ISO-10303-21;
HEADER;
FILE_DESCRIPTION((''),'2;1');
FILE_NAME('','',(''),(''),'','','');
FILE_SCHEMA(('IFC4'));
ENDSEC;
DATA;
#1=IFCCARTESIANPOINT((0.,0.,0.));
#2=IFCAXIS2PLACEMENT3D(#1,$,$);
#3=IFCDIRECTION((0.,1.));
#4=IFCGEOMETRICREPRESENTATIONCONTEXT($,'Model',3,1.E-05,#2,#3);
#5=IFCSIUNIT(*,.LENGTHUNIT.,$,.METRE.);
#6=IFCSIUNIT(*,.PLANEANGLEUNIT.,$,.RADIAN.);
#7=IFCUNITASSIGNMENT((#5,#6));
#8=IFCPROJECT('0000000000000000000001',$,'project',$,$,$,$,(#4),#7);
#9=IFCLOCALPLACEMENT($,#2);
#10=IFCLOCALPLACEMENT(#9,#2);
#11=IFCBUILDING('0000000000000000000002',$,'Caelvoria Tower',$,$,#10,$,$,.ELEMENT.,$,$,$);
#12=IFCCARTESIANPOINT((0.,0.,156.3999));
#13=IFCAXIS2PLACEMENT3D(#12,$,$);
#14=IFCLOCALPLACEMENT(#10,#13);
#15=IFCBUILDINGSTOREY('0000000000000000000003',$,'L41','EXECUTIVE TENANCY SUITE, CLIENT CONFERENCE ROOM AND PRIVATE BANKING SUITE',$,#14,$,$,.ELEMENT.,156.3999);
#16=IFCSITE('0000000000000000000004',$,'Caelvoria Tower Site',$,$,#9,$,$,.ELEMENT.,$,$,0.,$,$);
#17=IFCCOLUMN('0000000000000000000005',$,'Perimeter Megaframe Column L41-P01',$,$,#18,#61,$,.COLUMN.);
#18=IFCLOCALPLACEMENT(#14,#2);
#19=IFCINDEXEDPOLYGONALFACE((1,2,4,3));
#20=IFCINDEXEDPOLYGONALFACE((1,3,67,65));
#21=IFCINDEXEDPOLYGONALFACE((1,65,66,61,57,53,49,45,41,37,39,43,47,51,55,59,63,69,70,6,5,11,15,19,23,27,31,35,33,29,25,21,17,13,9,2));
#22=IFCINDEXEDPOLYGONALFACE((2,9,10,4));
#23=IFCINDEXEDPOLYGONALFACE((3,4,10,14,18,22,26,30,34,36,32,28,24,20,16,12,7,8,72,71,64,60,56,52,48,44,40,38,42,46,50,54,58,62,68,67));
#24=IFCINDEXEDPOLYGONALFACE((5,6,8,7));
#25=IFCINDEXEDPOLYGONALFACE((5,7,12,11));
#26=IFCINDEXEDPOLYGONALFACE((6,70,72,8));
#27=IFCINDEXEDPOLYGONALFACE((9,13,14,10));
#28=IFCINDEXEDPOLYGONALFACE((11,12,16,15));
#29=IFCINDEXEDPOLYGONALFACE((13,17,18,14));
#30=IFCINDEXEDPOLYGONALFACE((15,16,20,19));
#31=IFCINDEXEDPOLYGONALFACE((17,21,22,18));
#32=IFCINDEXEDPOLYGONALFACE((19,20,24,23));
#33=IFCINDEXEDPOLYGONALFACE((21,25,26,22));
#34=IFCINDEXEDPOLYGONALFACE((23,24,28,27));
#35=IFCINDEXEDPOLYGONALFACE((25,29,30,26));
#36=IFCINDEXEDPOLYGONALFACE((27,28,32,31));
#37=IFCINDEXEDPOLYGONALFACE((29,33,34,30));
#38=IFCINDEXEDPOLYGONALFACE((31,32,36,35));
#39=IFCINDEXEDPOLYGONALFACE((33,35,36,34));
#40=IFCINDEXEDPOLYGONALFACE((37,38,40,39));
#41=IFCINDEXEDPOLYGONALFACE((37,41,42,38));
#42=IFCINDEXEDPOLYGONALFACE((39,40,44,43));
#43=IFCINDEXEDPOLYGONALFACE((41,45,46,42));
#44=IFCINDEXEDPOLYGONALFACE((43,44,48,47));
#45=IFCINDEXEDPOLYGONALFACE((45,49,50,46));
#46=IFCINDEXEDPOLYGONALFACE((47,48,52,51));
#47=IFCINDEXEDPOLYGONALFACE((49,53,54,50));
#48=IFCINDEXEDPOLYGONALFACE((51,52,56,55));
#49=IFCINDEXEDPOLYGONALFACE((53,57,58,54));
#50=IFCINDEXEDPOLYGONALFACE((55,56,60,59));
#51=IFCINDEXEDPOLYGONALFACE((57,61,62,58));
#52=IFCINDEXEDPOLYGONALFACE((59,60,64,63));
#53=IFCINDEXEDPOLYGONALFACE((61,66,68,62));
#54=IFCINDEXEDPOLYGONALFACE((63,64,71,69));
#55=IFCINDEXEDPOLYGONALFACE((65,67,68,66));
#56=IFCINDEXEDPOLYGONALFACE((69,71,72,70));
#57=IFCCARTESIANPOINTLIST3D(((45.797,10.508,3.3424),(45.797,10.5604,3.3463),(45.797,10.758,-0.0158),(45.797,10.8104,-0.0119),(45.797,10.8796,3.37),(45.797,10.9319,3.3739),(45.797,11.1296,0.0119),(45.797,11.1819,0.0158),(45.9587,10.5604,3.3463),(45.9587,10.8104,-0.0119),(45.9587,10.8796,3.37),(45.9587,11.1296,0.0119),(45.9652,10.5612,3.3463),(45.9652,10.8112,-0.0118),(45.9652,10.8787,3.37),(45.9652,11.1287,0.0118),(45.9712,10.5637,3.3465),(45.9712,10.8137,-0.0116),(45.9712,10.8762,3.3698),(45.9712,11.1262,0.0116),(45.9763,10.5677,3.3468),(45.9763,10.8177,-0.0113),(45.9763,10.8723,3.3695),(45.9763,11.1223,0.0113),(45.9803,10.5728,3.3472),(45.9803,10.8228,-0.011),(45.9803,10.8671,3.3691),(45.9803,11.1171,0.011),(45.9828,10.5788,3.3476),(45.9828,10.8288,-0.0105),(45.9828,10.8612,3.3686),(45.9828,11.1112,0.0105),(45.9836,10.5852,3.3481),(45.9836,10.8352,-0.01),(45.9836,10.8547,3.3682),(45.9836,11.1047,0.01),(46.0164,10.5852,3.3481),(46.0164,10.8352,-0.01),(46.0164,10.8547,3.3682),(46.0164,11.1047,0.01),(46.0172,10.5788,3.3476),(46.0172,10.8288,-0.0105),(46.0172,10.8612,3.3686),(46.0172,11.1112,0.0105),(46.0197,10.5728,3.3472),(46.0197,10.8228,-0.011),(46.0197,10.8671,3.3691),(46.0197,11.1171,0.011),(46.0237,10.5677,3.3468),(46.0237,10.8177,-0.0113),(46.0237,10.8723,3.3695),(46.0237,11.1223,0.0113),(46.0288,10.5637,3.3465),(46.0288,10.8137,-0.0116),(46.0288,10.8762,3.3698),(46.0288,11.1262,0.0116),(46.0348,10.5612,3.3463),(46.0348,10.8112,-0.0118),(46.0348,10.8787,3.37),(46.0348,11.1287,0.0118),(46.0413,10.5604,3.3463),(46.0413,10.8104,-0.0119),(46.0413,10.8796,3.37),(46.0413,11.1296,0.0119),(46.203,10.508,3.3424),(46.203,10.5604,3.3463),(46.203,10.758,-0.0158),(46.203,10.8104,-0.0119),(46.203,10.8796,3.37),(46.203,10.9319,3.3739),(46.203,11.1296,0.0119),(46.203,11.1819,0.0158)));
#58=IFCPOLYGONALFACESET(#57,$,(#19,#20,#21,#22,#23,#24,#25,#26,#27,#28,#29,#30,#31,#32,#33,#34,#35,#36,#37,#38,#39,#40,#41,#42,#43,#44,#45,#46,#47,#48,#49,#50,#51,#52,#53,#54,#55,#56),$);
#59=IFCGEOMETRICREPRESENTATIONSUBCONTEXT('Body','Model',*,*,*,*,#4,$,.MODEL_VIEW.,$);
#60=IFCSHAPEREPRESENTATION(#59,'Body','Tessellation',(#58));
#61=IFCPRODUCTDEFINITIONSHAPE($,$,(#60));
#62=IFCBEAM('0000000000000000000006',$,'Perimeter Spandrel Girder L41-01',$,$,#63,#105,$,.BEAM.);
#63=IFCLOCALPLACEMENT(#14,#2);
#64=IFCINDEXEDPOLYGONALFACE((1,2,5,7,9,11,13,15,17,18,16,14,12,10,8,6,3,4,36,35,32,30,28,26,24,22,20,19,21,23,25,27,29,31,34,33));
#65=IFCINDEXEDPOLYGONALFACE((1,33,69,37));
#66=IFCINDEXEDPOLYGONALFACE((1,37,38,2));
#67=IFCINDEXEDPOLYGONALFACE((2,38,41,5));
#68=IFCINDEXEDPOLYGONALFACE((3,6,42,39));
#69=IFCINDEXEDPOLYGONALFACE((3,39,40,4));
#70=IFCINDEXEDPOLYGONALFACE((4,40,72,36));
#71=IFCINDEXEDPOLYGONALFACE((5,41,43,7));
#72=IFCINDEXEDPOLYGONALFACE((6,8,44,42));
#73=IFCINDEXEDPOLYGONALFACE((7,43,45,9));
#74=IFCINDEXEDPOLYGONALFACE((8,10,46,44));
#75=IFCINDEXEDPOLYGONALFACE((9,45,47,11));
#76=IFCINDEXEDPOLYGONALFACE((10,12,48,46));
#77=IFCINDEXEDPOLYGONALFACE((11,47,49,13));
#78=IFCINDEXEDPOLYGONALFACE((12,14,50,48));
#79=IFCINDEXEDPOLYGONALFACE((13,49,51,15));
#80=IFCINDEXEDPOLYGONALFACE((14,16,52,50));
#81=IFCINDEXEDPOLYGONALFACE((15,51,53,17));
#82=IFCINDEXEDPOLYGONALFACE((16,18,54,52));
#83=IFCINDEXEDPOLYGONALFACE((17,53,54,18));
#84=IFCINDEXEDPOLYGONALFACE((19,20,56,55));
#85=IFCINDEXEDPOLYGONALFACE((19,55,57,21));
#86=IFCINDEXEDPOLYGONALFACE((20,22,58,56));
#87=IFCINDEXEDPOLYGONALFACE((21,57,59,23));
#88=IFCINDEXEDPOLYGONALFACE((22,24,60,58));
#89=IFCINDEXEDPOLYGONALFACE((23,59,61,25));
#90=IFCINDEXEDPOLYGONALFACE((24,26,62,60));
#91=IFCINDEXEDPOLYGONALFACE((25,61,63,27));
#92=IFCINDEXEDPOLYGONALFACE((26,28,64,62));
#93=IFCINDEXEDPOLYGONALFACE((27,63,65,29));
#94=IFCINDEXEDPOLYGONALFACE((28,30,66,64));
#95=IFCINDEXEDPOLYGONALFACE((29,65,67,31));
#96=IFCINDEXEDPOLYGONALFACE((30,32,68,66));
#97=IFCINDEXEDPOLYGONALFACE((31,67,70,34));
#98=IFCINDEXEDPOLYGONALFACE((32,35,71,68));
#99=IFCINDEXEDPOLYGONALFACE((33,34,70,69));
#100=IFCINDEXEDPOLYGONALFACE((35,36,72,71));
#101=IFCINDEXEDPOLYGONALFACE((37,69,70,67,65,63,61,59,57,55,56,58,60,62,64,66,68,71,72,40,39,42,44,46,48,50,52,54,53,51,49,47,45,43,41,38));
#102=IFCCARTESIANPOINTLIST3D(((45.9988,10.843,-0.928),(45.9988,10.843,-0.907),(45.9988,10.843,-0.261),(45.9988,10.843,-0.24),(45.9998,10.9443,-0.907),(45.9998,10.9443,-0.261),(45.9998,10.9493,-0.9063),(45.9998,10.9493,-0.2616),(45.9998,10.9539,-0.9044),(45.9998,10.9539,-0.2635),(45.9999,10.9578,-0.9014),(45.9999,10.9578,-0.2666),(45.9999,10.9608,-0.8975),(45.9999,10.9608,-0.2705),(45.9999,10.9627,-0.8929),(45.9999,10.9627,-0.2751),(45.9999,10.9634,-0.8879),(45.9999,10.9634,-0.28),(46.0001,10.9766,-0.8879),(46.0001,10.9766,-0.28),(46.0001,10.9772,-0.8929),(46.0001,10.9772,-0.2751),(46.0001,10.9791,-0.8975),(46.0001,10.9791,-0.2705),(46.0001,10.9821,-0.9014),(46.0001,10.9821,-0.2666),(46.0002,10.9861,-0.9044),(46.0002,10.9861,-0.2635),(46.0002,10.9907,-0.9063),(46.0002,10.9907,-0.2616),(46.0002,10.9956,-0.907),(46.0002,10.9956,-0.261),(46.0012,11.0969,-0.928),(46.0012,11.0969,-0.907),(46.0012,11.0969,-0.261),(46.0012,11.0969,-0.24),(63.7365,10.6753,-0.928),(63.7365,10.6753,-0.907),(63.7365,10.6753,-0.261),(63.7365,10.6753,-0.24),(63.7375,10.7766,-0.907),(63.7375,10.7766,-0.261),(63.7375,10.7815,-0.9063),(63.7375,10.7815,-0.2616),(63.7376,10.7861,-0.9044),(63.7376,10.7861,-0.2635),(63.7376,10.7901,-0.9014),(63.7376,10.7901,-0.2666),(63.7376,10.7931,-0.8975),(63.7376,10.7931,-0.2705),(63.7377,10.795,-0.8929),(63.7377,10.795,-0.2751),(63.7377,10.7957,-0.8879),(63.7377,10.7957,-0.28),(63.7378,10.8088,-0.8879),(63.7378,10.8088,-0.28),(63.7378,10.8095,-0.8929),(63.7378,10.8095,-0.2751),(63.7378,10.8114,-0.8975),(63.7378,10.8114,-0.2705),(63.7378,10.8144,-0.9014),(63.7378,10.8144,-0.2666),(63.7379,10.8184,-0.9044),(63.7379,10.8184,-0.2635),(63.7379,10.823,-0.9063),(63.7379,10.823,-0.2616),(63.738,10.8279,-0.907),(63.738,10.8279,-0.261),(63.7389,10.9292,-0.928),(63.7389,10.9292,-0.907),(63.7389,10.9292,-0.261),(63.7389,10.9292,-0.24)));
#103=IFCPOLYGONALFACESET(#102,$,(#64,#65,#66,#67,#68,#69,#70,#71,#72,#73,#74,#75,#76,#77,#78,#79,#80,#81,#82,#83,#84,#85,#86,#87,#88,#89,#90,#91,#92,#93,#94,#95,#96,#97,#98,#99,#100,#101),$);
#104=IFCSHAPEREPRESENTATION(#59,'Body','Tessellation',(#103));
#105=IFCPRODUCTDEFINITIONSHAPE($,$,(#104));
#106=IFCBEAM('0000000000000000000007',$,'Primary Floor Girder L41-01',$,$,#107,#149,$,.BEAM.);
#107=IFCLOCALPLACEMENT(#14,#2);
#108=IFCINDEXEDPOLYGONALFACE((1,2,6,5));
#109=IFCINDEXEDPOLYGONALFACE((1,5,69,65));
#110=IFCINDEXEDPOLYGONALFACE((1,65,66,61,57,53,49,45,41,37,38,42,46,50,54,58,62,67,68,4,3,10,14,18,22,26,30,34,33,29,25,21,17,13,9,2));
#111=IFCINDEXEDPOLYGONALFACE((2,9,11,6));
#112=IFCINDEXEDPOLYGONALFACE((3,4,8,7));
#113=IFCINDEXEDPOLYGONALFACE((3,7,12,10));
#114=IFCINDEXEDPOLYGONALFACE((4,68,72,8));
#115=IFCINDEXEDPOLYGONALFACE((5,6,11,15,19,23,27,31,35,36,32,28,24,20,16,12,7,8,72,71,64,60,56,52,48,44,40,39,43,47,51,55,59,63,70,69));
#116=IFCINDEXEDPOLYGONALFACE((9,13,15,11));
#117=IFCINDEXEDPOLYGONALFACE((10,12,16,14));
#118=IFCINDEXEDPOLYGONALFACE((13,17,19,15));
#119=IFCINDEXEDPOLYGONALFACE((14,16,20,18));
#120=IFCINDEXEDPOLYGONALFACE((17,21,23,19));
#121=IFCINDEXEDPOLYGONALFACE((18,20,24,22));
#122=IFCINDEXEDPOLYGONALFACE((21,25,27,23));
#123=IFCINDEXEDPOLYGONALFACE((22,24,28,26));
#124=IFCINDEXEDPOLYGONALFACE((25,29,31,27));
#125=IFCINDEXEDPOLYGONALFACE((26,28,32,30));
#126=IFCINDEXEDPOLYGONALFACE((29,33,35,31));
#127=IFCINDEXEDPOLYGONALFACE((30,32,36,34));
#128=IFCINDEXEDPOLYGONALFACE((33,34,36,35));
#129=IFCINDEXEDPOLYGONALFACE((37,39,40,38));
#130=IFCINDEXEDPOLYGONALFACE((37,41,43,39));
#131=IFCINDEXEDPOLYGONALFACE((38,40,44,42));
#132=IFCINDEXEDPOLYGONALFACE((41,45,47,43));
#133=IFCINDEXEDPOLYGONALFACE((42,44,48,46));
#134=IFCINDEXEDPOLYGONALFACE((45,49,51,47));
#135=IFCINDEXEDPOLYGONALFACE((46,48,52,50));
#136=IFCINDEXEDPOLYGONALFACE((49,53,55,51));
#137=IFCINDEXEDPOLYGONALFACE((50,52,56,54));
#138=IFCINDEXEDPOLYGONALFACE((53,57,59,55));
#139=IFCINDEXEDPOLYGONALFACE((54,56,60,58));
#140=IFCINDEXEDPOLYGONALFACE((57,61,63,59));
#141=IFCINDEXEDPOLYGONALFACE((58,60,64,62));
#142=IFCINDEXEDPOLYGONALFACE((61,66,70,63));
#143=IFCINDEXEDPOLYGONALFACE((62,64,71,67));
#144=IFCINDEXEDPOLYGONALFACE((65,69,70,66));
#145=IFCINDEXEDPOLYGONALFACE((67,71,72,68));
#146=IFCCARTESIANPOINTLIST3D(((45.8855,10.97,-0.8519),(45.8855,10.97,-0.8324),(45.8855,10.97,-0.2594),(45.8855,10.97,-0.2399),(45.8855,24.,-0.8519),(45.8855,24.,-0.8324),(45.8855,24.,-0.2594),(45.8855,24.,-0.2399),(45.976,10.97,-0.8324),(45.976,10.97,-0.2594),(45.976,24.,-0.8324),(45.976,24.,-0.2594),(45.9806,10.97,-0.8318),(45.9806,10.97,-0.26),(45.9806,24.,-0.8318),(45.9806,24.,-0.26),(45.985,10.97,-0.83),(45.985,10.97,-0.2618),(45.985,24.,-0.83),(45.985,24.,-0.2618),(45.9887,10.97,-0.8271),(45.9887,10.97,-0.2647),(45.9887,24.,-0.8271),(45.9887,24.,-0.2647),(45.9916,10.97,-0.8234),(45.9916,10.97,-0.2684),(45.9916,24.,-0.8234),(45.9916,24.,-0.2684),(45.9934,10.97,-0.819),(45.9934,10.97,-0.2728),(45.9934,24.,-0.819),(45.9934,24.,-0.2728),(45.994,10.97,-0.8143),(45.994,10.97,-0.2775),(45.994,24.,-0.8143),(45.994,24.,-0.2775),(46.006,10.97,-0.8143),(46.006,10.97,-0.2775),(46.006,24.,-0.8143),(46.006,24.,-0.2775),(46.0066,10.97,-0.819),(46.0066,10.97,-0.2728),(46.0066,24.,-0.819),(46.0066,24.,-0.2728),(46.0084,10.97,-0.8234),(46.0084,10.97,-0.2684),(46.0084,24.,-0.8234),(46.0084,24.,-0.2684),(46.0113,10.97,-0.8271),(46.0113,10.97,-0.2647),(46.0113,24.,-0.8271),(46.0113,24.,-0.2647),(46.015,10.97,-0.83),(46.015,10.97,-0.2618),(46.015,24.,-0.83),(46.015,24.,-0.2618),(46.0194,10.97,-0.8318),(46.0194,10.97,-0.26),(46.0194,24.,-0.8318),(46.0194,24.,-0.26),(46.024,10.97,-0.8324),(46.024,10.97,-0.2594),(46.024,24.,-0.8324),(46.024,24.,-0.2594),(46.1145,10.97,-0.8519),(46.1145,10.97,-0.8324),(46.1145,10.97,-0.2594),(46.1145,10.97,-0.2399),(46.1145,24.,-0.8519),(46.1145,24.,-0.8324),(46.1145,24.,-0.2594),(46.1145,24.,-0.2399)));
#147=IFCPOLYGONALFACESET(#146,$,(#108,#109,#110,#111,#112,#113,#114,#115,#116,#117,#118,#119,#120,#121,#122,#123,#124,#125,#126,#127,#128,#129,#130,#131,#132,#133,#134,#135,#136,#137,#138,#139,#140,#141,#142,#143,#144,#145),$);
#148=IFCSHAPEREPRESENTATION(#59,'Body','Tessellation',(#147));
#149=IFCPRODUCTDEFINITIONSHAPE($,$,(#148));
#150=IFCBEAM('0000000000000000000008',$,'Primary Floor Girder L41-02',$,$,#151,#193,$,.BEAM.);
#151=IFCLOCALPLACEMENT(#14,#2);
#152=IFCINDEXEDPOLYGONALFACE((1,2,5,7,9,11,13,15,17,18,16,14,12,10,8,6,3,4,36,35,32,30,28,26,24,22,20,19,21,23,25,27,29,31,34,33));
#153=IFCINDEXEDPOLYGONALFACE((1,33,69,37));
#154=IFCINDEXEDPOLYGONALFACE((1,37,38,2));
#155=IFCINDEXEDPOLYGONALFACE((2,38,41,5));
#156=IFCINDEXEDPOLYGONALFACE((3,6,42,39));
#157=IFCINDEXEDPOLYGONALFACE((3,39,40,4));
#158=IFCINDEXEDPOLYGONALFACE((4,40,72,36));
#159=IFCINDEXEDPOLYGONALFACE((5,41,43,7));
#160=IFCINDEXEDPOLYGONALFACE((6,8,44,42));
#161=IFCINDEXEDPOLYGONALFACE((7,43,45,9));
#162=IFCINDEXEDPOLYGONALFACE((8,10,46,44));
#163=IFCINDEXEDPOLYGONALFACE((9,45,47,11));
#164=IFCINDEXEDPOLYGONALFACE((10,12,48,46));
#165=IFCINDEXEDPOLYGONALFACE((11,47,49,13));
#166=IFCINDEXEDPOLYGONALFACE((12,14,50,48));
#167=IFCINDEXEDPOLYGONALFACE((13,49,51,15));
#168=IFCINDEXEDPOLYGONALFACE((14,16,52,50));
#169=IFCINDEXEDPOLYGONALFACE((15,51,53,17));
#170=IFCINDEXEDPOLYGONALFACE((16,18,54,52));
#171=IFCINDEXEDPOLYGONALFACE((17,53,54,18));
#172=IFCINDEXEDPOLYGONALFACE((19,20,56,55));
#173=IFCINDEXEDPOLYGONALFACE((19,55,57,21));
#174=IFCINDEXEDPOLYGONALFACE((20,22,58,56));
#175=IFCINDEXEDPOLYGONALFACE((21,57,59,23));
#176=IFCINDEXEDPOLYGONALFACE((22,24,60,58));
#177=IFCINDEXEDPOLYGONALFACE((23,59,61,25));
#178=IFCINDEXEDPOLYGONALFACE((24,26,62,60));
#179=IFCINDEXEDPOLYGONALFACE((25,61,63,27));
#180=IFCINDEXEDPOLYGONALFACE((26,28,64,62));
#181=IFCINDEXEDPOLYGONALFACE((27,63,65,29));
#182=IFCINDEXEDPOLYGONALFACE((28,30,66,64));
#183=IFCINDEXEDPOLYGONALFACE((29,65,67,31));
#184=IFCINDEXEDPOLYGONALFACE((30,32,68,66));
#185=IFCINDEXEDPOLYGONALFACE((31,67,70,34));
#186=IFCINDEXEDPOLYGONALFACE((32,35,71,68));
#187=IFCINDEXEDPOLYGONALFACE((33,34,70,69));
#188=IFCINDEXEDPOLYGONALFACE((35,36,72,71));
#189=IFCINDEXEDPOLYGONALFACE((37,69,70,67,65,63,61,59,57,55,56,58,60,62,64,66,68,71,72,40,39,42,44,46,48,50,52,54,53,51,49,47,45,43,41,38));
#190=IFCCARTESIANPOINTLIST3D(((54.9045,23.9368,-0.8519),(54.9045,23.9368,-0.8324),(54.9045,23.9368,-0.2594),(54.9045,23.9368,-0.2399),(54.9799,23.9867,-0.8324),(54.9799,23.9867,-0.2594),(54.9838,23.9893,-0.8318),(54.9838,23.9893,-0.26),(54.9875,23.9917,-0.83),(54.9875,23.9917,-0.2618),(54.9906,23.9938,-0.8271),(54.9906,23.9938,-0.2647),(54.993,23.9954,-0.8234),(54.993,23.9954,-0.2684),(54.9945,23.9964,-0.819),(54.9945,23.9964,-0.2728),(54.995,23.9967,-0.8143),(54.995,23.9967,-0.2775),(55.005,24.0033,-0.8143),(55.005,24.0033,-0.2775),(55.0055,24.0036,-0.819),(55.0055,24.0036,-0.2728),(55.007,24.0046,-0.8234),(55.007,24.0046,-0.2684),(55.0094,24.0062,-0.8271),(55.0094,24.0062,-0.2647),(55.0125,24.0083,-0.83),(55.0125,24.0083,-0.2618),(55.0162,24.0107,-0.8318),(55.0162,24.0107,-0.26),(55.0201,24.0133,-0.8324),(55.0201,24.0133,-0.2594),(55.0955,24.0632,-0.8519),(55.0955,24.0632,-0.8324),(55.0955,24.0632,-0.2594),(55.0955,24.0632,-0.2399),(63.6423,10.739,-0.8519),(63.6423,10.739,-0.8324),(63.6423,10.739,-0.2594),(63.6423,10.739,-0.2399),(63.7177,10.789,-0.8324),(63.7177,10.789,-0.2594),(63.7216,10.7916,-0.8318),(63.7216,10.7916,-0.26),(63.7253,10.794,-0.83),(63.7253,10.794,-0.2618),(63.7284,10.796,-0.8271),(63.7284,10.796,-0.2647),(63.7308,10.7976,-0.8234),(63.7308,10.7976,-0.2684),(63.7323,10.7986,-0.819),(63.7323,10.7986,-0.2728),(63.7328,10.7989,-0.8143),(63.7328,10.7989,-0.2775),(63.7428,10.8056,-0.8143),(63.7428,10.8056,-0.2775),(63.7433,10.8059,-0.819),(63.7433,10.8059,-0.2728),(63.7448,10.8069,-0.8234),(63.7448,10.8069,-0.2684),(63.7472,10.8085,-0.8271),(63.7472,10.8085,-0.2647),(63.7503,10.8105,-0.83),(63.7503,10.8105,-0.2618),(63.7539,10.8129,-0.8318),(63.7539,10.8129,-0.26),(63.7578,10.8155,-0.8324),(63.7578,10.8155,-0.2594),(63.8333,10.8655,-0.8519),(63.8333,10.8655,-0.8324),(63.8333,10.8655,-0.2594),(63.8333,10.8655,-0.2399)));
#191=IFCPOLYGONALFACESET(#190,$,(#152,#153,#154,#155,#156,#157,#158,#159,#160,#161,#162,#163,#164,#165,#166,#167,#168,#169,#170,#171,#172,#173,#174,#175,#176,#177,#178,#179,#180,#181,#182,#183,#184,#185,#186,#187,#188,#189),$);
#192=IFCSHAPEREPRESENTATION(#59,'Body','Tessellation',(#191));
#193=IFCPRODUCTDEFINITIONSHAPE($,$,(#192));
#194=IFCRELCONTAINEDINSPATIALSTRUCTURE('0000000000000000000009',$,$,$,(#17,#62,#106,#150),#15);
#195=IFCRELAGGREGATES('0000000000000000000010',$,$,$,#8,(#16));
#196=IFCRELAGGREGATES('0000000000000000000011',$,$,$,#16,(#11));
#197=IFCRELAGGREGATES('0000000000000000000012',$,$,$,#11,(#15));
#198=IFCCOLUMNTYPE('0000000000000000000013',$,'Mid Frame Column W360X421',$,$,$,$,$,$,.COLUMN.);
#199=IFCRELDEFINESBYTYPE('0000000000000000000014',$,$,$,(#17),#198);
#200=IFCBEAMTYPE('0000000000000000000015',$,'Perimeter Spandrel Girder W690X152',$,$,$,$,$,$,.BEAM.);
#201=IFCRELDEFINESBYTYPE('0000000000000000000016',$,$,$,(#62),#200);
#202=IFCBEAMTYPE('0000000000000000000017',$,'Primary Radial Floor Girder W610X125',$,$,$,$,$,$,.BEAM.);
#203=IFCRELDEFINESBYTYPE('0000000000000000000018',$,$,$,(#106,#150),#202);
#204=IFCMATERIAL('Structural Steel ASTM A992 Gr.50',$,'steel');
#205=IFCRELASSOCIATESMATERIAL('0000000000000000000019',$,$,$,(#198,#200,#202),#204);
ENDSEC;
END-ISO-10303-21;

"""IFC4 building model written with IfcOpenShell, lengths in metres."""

from ifc_helpers import new_model, si_unit, direction, frame, origin, origin_2d, place, context, subcontext, project, spatial, i_section, extrude, material, material_profile, profile_set, type_object, element, save


model = new_model("IFC4")

# Units and contexts
model_context = context("Model", 3, precision=1e-05, world=origin(), true_north=direction((0.0, 1.0)))
body_context = subcontext(model_context, "Body", "Model", "MODEL_VIEW")
ifc_project = project(units=[si_unit("LENGTHUNIT", "METRE"), si_unit("PLANEANGLEUNIT", "RADIAN")], contexts=[model_context])

# Site, building, storey
site_placement = place(None, origin())
site = spatial("IfcSite", under=ifc_project, at=site_placement, Name="Caelvoria Tower Site", CompositionType="ELEMENT", RefElevation=0.0)
building_placement = place(site_placement, origin())
building = spatial("IfcBuilding", under=site, at=building_placement, Name="Caelvoria Tower", CompositionType="ELEMENT")
storey_placement = place(building_placement, frame((0.0, 0.0, 156.3999)))
storey = spatial("IfcBuildingStorey", under=building, at=storey_placement, Name="L41", Description="EXECUTIVE TENANCY SUITE, CLIENT CONFERENCE ROOM AND PRIVATE BANKING SUITE", CompositionType="ELEMENT", Elevation=156.3999)

# Column
ifc_material_1 = material(Name="Structural Steel ASTM A992 Gr.50", Category="steel")
ifc_material_profile_1 = material_profile(ifc_material_1, i_section(OverallWidth=0.406, OverallDepth=0.425, WebThickness=0.0327, FlangeThickness=0.0525, FilletRadius=0.0249, at=origin_2d()), Name="Structural Steel ASTM A992 Gr.50")
ifc_profile_set_1 = profile_set([ifc_material_profile_1], Name="W360X421 - Structural Steel ASTM A992 Gr.50")
column_type = type_object("IfcColumnType", Name="Mid Frame Column W360X421", PredefinedType="COLUMN", material=ifc_profile_set_1)
column_placement = place(storey_placement, frame((46.0, 10.97, 0.0), z_axis=(0.0, -0.07424, 0.99724), x_axis=(1.0, 0.0, 0.0)))
element("IfcColumn", 1, at=column_placement, inside=storey, type_object=column_type, Name="Perimeter Megaframe Column L41-P01", PredefinedType="COLUMN", context=body_context, shape_type="SweptSolid", body=[
    extrude(i_section(OverallWidth=0.406, OverallDepth=0.425, WebThickness=0.0327, FlangeThickness=0.0525, FilletRadius=0.0249, at=origin_2d()), origin(), (0.0, 0.0, 1.0), 3.3674),
])

# Beams
ifc_material_profile_2 = material_profile(ifc_material_1, i_section(OverallWidth=0.2539, OverallDepth=0.688, WebThickness=0.0132, FlangeThickness=0.021, FilletRadius=0.019, at=origin_2d()), Name="Structural Steel ASTM A992 Gr.50")
ifc_profile_set_2 = profile_set([ifc_material_profile_2], Name="W690X152 - Structural Steel ASTM A992 Gr.50")
beam_type_1 = type_object("IfcBeamType", Name="Perimeter Spandrel Girder W690X152", PredefinedType="BEAM", material=ifc_profile_set_2)
beam_1_placement = place(storey_placement, frame((46.0, 10.97, -0.584), z_axis=(0.999955, -0.009455, 0.0), x_axis=(0.009455, 0.999955, 0.0)))
element("IfcBeam", 2, at=beam_1_placement, inside=storey, type_object=beam_type_1, Name="Perimeter Spandrel Girder L41-01", PredefinedType="BEAM", context=body_context, shape_type="SweptSolid", body=[
    extrude(i_section(OverallWidth=0.2539, OverallDepth=0.688, WebThickness=0.0132, FlangeThickness=0.021, FilletRadius=0.019, at=origin_2d()), origin(), (0.0, 0.0, 1.0), 17.7385),
])
ifc_material_profile_3 = material_profile(ifc_material_1, i_section(OverallWidth=0.229, OverallDepth=0.6121, WebThickness=0.012, FlangeThickness=0.0195, FilletRadius=0.0181, at=origin_2d()), Name="Structural Steel ASTM A992 Gr.50")
ifc_profile_set_3 = profile_set([ifc_material_profile_3], Name="W610X125 - Structural Steel ASTM A992 Gr.50")
beam_type_2 = type_object("IfcBeamType", Name="Primary Radial Floor Girder W610X125", PredefinedType="BEAM", material=ifc_profile_set_3)
beam_2_placement = place(storey_placement, frame((46.0, 24.0, -0.5459), z_axis=(0.0, -1.0, 0.0), x_axis=(1.0, 0.0, 0.0)))
element("IfcBeam", 3, at=beam_2_placement, inside=storey, type_object=beam_type_2, Name="Primary Floor Girder L41-01", PredefinedType="BEAM", context=body_context, shape_type="SweptSolid", body=[
    extrude(i_section(OverallWidth=0.229, OverallDepth=0.6121, WebThickness=0.012, FlangeThickness=0.0195, FilletRadius=0.0181, at=origin_2d()), origin(), (0.0, 0.0, 1.0), 13.03),
])
beam_3_placement = place(storey_placement, frame((55.0, 24.0, -0.5459), z_axis=(0.552042, -0.833816, 0.0), x_axis=(0.833816, 0.552042, 0.0)))
element("IfcBeam", 4, at=beam_3_placement, inside=storey, type_object=beam_type_2, Name="Primary Floor Girder L41-02", PredefinedType="BEAM", context=body_context, shape_type="SweptSolid", body=[
    extrude(i_section(OverallWidth=0.229, OverallDepth=0.6121, WebThickness=0.012, FlangeThickness=0.0195, FilletRadius=0.0181, at=origin_2d()), origin(), (0.0, 0.0, 1.0), 15.8281),
])

save(model, "model.ifc")
